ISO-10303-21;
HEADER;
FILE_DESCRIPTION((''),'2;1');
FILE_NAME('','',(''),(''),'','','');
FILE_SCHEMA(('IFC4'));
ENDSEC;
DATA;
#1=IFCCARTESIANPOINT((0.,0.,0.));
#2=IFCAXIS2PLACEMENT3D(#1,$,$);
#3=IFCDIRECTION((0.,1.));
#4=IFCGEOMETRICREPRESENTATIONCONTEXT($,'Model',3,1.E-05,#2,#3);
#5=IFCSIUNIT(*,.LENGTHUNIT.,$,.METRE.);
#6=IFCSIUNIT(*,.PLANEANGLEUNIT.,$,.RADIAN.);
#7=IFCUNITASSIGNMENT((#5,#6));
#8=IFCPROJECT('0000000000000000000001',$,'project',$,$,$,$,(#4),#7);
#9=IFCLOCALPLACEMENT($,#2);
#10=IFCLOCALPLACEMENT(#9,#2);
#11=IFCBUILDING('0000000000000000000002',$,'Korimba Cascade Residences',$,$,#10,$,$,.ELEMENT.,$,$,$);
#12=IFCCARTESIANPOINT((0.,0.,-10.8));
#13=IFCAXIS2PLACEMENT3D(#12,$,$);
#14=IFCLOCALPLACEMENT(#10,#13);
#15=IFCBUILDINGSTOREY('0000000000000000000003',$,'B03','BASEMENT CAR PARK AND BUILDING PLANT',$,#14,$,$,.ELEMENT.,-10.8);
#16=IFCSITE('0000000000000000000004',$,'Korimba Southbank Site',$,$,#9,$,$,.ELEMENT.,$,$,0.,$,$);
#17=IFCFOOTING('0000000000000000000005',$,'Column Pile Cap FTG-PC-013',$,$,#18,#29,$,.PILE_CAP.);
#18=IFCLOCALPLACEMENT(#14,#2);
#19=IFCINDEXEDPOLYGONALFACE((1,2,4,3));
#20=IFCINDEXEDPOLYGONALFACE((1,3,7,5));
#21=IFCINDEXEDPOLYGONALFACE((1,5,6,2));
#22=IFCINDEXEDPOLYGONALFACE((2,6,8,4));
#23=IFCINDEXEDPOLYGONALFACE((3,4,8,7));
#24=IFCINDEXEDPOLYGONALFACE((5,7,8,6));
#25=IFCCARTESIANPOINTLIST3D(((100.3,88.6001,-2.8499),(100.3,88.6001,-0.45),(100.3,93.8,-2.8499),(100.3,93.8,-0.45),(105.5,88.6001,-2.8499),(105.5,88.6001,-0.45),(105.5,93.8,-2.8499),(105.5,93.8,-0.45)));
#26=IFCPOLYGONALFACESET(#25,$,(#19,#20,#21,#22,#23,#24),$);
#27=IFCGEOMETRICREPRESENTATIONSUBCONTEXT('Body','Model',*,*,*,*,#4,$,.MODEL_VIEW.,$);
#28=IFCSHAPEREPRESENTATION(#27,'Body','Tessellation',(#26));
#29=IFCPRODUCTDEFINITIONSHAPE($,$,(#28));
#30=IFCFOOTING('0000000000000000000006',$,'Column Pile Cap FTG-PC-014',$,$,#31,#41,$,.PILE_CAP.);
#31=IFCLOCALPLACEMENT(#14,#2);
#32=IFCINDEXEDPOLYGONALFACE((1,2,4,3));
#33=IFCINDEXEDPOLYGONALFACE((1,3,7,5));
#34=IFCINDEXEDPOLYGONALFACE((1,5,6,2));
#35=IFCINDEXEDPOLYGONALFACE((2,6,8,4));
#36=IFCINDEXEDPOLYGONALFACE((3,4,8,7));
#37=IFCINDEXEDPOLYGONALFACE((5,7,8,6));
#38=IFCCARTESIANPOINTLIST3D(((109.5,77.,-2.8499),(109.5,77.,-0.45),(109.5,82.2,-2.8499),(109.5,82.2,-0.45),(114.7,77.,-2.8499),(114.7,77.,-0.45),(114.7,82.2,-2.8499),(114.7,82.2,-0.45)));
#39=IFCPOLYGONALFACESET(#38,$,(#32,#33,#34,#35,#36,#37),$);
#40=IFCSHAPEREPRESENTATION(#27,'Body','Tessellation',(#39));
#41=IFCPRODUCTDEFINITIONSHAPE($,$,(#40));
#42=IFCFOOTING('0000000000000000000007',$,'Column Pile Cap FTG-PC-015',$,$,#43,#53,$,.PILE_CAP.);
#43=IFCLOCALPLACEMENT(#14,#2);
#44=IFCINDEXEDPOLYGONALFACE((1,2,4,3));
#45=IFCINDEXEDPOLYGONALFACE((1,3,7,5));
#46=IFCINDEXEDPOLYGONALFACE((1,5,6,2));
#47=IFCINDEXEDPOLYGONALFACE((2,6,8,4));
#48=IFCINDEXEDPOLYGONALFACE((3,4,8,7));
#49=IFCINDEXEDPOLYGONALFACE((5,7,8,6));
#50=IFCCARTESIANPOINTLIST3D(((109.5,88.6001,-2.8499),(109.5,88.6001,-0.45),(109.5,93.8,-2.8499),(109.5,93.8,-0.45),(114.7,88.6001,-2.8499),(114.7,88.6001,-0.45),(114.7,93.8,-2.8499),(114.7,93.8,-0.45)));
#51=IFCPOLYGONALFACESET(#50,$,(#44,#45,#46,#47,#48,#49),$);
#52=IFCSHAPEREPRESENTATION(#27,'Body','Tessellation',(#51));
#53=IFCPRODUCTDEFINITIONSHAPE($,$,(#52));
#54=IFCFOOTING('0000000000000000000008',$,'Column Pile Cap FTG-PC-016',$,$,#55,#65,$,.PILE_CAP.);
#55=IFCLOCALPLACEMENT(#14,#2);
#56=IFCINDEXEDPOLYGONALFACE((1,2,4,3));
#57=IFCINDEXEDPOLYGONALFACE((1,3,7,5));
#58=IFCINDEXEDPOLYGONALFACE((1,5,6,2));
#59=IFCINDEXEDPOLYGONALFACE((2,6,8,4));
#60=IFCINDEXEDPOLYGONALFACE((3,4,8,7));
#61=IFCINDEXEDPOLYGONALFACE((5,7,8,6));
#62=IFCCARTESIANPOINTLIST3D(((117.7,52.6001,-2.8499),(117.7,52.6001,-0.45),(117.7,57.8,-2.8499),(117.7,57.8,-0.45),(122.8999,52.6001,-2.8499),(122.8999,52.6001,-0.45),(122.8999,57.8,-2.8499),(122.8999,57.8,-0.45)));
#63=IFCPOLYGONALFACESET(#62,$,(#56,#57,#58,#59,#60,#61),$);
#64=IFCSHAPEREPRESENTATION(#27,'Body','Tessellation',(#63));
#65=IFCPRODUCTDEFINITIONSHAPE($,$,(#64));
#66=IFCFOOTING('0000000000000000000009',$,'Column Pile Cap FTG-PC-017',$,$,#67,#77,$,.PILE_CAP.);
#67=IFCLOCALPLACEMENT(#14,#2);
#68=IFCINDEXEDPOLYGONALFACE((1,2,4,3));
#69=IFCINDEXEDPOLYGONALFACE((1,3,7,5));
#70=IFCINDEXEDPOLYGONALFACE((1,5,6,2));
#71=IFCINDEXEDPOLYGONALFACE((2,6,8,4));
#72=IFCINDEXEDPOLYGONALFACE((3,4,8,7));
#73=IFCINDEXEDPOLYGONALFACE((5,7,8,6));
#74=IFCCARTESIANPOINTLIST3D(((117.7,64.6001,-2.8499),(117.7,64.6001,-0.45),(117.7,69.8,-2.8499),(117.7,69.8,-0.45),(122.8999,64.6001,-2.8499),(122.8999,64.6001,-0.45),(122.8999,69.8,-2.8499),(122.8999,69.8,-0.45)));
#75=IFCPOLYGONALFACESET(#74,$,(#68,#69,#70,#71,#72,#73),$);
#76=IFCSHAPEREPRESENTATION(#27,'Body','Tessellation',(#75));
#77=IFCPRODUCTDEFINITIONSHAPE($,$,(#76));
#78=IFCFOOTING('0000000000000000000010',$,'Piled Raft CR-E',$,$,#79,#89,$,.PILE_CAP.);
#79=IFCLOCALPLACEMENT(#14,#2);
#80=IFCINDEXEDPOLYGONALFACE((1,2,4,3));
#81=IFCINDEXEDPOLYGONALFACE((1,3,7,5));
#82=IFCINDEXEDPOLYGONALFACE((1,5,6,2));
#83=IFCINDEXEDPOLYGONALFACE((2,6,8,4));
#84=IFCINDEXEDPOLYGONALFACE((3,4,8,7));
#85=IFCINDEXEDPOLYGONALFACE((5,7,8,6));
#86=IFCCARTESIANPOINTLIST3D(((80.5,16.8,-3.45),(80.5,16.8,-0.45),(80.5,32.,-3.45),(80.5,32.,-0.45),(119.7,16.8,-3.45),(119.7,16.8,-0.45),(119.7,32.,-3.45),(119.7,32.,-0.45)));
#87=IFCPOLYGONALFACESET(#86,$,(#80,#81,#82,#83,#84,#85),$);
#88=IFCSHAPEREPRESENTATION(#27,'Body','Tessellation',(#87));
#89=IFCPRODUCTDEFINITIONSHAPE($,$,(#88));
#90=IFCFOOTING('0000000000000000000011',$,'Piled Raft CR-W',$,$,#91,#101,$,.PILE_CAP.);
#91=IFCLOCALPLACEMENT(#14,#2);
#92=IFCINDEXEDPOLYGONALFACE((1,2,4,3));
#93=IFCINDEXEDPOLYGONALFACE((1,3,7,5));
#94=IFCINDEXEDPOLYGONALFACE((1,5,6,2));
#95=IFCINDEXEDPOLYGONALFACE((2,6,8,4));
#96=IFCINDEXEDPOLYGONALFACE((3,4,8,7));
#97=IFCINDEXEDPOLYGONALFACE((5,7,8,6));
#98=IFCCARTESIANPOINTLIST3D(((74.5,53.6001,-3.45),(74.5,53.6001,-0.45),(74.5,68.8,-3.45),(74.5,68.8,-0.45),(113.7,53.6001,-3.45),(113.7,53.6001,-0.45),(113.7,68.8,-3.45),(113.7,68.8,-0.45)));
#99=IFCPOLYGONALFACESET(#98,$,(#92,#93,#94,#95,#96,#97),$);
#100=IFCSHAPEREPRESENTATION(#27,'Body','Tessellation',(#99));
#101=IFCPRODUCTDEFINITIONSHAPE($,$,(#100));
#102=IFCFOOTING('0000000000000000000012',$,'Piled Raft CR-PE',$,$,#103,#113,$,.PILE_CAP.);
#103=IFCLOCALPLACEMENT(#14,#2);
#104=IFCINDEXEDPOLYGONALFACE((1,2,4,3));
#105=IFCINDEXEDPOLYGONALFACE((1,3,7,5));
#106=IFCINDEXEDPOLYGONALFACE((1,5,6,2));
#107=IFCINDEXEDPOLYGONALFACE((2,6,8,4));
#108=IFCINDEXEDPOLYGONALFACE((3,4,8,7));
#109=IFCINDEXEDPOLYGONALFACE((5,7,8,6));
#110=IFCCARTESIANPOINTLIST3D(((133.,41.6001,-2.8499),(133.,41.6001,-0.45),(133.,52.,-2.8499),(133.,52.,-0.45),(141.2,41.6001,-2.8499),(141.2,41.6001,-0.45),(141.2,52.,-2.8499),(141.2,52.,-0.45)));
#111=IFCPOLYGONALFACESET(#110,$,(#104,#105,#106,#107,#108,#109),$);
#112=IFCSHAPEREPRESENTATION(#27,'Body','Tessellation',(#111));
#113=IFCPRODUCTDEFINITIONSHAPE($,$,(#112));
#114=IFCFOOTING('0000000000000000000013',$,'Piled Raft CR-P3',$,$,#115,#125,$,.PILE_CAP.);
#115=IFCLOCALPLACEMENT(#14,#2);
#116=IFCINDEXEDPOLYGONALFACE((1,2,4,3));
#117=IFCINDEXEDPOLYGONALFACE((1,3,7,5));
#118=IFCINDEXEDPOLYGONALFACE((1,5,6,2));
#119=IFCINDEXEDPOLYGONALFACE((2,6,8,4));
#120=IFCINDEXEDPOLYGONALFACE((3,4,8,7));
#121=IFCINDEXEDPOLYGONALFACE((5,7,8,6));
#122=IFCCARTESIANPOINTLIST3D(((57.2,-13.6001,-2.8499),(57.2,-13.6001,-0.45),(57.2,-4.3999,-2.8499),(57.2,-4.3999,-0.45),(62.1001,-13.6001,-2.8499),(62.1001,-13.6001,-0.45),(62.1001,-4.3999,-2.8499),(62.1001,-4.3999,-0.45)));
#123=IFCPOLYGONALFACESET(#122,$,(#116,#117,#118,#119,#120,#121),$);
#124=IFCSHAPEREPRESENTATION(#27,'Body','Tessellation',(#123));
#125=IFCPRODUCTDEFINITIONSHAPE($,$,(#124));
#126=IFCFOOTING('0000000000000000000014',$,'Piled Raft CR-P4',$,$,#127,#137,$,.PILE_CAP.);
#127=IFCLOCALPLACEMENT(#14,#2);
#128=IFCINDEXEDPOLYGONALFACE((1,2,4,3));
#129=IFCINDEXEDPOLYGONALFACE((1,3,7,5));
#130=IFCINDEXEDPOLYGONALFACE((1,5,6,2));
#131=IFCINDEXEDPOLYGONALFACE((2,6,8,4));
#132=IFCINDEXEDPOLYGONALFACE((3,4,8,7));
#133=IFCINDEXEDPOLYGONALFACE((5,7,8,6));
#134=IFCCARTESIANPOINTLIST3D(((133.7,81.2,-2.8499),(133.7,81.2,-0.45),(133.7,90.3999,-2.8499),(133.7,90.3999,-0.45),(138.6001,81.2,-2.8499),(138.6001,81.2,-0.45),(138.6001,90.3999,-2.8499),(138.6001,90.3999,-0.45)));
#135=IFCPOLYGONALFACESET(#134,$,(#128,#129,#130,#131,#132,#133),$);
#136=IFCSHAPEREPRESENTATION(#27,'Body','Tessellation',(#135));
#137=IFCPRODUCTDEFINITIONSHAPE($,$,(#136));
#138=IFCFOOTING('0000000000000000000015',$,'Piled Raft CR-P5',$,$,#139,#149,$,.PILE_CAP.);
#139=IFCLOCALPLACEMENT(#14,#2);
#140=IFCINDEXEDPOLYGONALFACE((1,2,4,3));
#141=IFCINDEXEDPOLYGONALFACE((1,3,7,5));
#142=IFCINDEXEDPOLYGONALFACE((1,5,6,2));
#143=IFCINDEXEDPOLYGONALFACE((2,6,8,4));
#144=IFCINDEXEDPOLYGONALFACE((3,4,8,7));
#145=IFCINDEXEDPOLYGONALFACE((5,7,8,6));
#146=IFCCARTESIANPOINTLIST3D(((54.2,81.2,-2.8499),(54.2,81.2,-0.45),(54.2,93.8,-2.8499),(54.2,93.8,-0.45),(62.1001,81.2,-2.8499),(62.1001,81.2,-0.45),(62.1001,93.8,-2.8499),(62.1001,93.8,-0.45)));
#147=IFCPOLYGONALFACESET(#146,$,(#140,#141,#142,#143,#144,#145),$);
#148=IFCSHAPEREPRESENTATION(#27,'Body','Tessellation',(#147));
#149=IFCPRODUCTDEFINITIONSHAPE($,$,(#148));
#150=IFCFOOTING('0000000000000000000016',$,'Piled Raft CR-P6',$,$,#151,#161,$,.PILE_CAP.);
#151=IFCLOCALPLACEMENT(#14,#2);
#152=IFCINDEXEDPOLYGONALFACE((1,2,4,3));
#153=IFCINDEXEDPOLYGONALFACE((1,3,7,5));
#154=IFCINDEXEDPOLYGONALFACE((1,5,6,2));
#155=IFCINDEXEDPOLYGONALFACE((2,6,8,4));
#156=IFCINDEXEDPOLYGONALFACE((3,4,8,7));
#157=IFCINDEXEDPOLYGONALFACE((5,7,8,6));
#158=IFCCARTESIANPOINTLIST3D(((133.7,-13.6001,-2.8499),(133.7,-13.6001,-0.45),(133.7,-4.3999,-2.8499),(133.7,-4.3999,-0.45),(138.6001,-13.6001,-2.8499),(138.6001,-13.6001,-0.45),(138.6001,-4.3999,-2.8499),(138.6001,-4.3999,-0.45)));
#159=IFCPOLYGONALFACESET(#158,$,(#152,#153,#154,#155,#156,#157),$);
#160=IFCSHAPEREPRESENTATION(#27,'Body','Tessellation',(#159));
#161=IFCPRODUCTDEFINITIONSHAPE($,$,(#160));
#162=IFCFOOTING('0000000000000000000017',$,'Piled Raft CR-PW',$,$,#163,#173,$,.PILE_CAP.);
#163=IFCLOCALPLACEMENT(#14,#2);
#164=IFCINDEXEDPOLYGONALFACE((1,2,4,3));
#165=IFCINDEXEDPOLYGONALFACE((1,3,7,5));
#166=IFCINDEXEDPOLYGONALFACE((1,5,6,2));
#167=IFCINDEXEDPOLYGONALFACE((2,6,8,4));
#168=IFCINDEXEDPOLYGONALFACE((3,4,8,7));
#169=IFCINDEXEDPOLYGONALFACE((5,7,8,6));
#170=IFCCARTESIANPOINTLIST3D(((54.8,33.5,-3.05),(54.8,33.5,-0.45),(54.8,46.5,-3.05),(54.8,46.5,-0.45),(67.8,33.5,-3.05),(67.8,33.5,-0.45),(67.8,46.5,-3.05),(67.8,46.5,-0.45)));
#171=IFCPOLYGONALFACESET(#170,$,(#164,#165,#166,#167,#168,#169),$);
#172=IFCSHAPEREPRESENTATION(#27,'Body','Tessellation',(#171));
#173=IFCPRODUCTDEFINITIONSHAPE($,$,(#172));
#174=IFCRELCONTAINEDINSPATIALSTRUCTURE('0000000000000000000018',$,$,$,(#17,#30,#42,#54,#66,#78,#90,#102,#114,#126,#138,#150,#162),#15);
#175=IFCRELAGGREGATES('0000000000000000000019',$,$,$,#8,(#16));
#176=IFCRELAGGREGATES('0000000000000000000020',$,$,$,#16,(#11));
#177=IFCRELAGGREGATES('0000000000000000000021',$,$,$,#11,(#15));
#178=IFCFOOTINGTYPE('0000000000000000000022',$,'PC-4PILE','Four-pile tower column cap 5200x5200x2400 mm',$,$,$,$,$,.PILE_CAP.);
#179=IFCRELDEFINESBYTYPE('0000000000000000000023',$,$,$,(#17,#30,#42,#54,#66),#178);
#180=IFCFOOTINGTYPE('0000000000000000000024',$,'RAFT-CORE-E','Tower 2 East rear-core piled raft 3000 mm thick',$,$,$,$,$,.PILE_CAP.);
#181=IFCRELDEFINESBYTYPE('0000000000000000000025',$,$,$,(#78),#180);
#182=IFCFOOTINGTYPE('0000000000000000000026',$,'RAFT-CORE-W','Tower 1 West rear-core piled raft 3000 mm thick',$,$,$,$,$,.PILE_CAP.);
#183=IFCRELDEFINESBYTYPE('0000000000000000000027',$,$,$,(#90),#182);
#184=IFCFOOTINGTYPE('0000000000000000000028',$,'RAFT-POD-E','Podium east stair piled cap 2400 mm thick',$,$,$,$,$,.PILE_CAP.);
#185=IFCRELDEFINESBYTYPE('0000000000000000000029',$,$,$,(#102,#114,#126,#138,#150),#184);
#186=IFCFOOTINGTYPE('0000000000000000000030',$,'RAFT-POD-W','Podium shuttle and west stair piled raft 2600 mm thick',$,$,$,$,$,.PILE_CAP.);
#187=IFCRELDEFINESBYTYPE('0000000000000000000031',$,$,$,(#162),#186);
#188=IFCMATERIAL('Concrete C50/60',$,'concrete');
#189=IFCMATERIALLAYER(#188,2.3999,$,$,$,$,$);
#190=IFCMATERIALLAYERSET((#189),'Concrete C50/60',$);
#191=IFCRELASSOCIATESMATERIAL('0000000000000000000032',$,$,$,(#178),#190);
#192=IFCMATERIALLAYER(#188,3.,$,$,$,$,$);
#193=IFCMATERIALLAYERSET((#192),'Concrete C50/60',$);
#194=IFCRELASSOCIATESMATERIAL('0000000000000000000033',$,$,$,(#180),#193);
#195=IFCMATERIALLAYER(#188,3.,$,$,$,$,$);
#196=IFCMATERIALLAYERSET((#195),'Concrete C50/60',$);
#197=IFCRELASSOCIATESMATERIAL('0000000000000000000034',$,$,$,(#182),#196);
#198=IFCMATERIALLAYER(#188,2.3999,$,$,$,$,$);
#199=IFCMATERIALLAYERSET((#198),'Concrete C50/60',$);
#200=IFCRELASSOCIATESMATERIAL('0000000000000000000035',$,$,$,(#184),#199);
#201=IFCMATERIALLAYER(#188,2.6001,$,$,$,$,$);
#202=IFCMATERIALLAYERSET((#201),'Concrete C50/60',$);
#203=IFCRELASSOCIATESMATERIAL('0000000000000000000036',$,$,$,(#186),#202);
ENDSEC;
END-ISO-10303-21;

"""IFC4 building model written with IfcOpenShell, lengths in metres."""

from ifc_helpers import new_model, si_unit, direction, frame, origin, place, context, subcontext, project, spatial, polyline, outline, extrude, material, layer, layer_set, type_object, element, save


model = new_model("IFC4")

# Units and contexts
model_context = context("Model", 3, precision=1e-05, world=origin(), true_north=direction((0.0, 1.0)))
body_context = subcontext(model_context, "Body", "Model", "MODEL_VIEW")
ifc_project = project(units=[si_unit("LENGTHUNIT", "METRE"), si_unit("PLANEANGLEUNIT", "RADIAN")], contexts=[model_context])

# Site, building, storey
site_placement = place(None, origin())
site = spatial("IfcSite", under=ifc_project, at=site_placement, Name="Korimba Southbank Site", CompositionType="ELEMENT", RefElevation=0.0)
building_placement = place(site_placement, origin())
building = spatial("IfcBuilding", under=site, at=building_placement, Name="Korimba Cascade Residences", CompositionType="ELEMENT")
storey_placement = place(building_placement, frame((0.0, 0.0, -10.8)))
storey = spatial("IfcBuildingStorey", under=building, at=storey_placement, Name="B03", Description="BASEMENT CAR PARK AND BUILDING PLANT", CompositionType="ELEMENT", Elevation=-10.8)

# Footings
ifc_material = material(Name="Concrete C50/60", Category="concrete")
ifc_layer_1 = layer(ifc_material, 2.3999)
ifc_layer_set_1 = layer_set([ifc_layer_1], Name="Concrete C50/60")
footing_type_1 = type_object("IfcFootingType", Name="PC-4PILE", Description="Four-pile tower column cap 5200x5200x2400 mm", PredefinedType="PILE_CAP", material=ifc_layer_set_1)
footing_1_placement = place(storey_placement, frame((0.0, 0.0, -2.8499)))
element("IfcFooting", 1, at=footing_1_placement, inside=storey, type_object=footing_type_1, Name="Column Pile Cap FTG-PC-013", PredefinedType="PILE_CAP", context=body_context, shape_type="SweptSolid", body=[
    extrude(outline(polyline([(100.3, 88.6001), (105.5, 88.6001), (105.5, 93.8), (100.3, 93.8), (100.3, 88.6001)])), origin(), (0.0, 0.0, 1.0), 2.3999),
])
footing_2_placement = place(storey_placement, frame((0.0, 0.0, -2.8499)))
element("IfcFooting", 2, at=footing_2_placement, inside=storey, type_object=footing_type_1, Name="Column Pile Cap FTG-PC-014", PredefinedType="PILE_CAP", context=body_context, shape_type="SweptSolid", body=[
    extrude(outline(polyline([(109.5, 77.0), (114.7, 77.0), (114.7, 82.2), (109.5, 82.2), (109.5, 77.0)])), origin(), (0.0, 0.0, 1.0), 2.3999),
])
footing_3_placement = place(storey_placement, frame((0.0, 0.0, -2.8499)))
element("IfcFooting", 3, at=footing_3_placement, inside=storey, type_object=footing_type_1, Name="Column Pile Cap FTG-PC-015", PredefinedType="PILE_CAP", context=body_context, shape_type="SweptSolid", body=[
    extrude(outline(polyline([(109.5, 88.6001), (114.7, 88.6001), (114.7, 93.8), (109.5, 93.8), (109.5, 88.6001)])), origin(), (0.0, 0.0, 1.0), 2.3999),
])
footing_4_placement = place(storey_placement, frame((0.0, 0.0, -2.8499)))
element("IfcFooting", 4, at=footing_4_placement, inside=storey, type_object=footing_type_1, Name="Column Pile Cap FTG-PC-016", PredefinedType="PILE_CAP", context=body_context, shape_type="SweptSolid", body=[
    extrude(outline(polyline([(117.7, 52.6001), (122.8999, 52.6001), (122.8999, 57.8), (117.7, 57.8), (117.7, 52.6001)])), origin(), (0.0, 0.0, 1.0), 2.3999),
])
footing_5_placement = place(storey_placement, frame((0.0, 0.0, -2.8499)))
element("IfcFooting", 5, at=footing_5_placement, inside=storey, type_object=footing_type_1, Name="Column Pile Cap FTG-PC-017", PredefinedType="PILE_CAP", context=body_context, shape_type="SweptSolid", body=[
    extrude(outline(polyline([(117.7, 64.6001), (122.8999, 64.6001), (122.8999, 69.8), (117.7, 69.8), (117.7, 64.6001)])), origin(), (0.0, 0.0, 1.0), 2.3999),
])
ifc_layer_2 = layer(ifc_material, 3.0)
ifc_layer_set_2 = layer_set([ifc_layer_2], Name="Concrete C50/60")
footing_type_2 = type_object("IfcFootingType", Name="RAFT-CORE-E", Description="Tower 2 East rear-core piled raft 3000 mm thick", PredefinedType="PILE_CAP", material=ifc_layer_set_2)
footing_6_placement = place(storey_placement, frame((0.0, 0.0, -3.45)))
element("IfcFooting", 6, at=footing_6_placement, inside=storey, type_object=footing_type_2, Name="Piled Raft CR-E", PredefinedType="PILE_CAP", context=body_context, shape_type="SweptSolid", body=[
    extrude(outline(polyline([(80.5, 16.8), (119.7, 16.8), (119.7, 32.0), (80.5, 32.0), (80.5, 16.8)])), origin(), (0.0, 0.0, 1.0), 3.0),
])
ifc_layer_3 = layer(ifc_material, 3.0)
ifc_layer_set_3 = layer_set([ifc_layer_3], Name="Concrete C50/60")
footing_type_3 = type_object("IfcFootingType", Name="RAFT-CORE-W", Description="Tower 1 West rear-core piled raft 3000 mm thick", PredefinedType="PILE_CAP", material=ifc_layer_set_3)
footing_7_placement = place(storey_placement, frame((0.0, 0.0, -3.45)))
element("IfcFooting", 7, at=footing_7_placement, inside=storey, type_object=footing_type_3, Name="Piled Raft CR-W", PredefinedType="PILE_CAP", context=body_context, shape_type="SweptSolid", body=[
    extrude(outline(polyline([(74.5, 53.6001), (113.7, 53.6001), (113.7, 68.8), (74.5, 68.8), (74.5, 53.6001)])), origin(), (0.0, 0.0, 1.0), 3.0),
])
ifc_layer_4 = layer(ifc_material, 2.3999)
ifc_layer_set_4 = layer_set([ifc_layer_4], Name="Concrete C50/60")
footing_type_4 = type_object("IfcFootingType", Name="RAFT-POD-E", Description="Podium east stair piled cap 2400 mm thick", PredefinedType="PILE_CAP", material=ifc_layer_set_4)
footing_8_placement = place(storey_placement, frame((0.0, 0.0, -2.8499)))
element("IfcFooting", 8, at=footing_8_placement, inside=storey, type_object=footing_type_4, Name="Piled Raft CR-PE", PredefinedType="PILE_CAP", context=body_context, shape_type="SweptSolid", body=[
    extrude(outline(polyline([(133.0, 41.6001), (141.2, 41.6001), (141.2, 52.0), (133.0, 52.0), (133.0, 41.6001)])), origin(), (0.0, 0.0, 1.0), 2.3999),
])
footing_9_placement = place(storey_placement, frame((0.0, 0.0, -2.8499)))
element("IfcFooting", 9, at=footing_9_placement, inside=storey, type_object=footing_type_4, Name="Piled Raft CR-P3", PredefinedType="PILE_CAP", context=body_context, shape_type="SweptSolid", body=[
    extrude(outline(polyline([(57.2, -13.6001), (62.1001, -13.6001), (62.1001, -4.3999), (57.2, -4.3999), (57.2, -13.6001)])), origin(), (0.0, 0.0, 1.0), 2.3999),
])
footing_10_placement = place(storey_placement, frame((0.0, 0.0, -2.8499)))
element("IfcFooting", 10, at=footing_10_placement, inside=storey, type_object=footing_type_4, Name="Piled Raft CR-P4", PredefinedType="PILE_CAP", context=body_context, shape_type="SweptSolid", body=[
    extrude(outline(polyline([(133.7, 81.2), (138.6001, 81.2), (138.6001, 90.3999), (133.7, 90.3999), (133.7, 81.2)])), origin(), (0.0, 0.0, 1.0), 2.3999),
])
footing_11_placement = place(storey_placement, frame((0.0, 0.0, -2.8499)))
element("IfcFooting", 11, at=footing_11_placement, inside=storey, type_object=footing_type_4, Name="Piled Raft CR-P5", PredefinedType="PILE_CAP", context=body_context, shape_type="SweptSolid", body=[
    extrude(outline(polyline([(54.2, 81.2), (62.1001, 81.2), (62.1001, 93.8), (54.2, 93.8), (54.2, 81.2)])), origin(), (0.0, 0.0, 1.0), 2.3999),
])
footing_12_placement = place(storey_placement, frame((0.0, 0.0, -2.8499)))
element("IfcFooting", 12, at=footing_12_placement, inside=storey, type_object=footing_type_4, Name="Piled Raft CR-P6", PredefinedType="PILE_CAP", context=body_context, shape_type="SweptSolid", body=[
    extrude(outline(polyline([(133.7, -13.6001), (138.6001, -13.6001), (138.6001, -4.3999), (133.7, -4.3999), (133.7, -13.6001)])), origin(), (0.0, 0.0, 1.0), 2.3999),
])
ifc_layer_5 = layer(ifc_material, 2.6001)
ifc_layer_set_5 = layer_set([ifc_layer_5], Name="Concrete C50/60")
footing_type_5 = type_object("IfcFootingType", Name="RAFT-POD-W", Description="Podium shuttle and west stair piled raft 2600 mm thick", PredefinedType="PILE_CAP", material=ifc_layer_set_5)
footing_13_placement = place(storey_placement, frame((0.0, 0.0, -3.05)))
element("IfcFooting", 13, at=footing_13_placement, inside=storey, type_object=footing_type_5, Name="Piled Raft CR-PW", PredefinedType="PILE_CAP", context=body_context, shape_type="SweptSolid", body=[
    extrude(outline(polyline([(54.8, 33.5), (67.8, 33.5), (67.8, 46.5), (54.8, 46.5), (54.8, 33.5)])), origin(), (0.0, 0.0, 1.0), 2.6001),
])

save(model, "model.ifc")
